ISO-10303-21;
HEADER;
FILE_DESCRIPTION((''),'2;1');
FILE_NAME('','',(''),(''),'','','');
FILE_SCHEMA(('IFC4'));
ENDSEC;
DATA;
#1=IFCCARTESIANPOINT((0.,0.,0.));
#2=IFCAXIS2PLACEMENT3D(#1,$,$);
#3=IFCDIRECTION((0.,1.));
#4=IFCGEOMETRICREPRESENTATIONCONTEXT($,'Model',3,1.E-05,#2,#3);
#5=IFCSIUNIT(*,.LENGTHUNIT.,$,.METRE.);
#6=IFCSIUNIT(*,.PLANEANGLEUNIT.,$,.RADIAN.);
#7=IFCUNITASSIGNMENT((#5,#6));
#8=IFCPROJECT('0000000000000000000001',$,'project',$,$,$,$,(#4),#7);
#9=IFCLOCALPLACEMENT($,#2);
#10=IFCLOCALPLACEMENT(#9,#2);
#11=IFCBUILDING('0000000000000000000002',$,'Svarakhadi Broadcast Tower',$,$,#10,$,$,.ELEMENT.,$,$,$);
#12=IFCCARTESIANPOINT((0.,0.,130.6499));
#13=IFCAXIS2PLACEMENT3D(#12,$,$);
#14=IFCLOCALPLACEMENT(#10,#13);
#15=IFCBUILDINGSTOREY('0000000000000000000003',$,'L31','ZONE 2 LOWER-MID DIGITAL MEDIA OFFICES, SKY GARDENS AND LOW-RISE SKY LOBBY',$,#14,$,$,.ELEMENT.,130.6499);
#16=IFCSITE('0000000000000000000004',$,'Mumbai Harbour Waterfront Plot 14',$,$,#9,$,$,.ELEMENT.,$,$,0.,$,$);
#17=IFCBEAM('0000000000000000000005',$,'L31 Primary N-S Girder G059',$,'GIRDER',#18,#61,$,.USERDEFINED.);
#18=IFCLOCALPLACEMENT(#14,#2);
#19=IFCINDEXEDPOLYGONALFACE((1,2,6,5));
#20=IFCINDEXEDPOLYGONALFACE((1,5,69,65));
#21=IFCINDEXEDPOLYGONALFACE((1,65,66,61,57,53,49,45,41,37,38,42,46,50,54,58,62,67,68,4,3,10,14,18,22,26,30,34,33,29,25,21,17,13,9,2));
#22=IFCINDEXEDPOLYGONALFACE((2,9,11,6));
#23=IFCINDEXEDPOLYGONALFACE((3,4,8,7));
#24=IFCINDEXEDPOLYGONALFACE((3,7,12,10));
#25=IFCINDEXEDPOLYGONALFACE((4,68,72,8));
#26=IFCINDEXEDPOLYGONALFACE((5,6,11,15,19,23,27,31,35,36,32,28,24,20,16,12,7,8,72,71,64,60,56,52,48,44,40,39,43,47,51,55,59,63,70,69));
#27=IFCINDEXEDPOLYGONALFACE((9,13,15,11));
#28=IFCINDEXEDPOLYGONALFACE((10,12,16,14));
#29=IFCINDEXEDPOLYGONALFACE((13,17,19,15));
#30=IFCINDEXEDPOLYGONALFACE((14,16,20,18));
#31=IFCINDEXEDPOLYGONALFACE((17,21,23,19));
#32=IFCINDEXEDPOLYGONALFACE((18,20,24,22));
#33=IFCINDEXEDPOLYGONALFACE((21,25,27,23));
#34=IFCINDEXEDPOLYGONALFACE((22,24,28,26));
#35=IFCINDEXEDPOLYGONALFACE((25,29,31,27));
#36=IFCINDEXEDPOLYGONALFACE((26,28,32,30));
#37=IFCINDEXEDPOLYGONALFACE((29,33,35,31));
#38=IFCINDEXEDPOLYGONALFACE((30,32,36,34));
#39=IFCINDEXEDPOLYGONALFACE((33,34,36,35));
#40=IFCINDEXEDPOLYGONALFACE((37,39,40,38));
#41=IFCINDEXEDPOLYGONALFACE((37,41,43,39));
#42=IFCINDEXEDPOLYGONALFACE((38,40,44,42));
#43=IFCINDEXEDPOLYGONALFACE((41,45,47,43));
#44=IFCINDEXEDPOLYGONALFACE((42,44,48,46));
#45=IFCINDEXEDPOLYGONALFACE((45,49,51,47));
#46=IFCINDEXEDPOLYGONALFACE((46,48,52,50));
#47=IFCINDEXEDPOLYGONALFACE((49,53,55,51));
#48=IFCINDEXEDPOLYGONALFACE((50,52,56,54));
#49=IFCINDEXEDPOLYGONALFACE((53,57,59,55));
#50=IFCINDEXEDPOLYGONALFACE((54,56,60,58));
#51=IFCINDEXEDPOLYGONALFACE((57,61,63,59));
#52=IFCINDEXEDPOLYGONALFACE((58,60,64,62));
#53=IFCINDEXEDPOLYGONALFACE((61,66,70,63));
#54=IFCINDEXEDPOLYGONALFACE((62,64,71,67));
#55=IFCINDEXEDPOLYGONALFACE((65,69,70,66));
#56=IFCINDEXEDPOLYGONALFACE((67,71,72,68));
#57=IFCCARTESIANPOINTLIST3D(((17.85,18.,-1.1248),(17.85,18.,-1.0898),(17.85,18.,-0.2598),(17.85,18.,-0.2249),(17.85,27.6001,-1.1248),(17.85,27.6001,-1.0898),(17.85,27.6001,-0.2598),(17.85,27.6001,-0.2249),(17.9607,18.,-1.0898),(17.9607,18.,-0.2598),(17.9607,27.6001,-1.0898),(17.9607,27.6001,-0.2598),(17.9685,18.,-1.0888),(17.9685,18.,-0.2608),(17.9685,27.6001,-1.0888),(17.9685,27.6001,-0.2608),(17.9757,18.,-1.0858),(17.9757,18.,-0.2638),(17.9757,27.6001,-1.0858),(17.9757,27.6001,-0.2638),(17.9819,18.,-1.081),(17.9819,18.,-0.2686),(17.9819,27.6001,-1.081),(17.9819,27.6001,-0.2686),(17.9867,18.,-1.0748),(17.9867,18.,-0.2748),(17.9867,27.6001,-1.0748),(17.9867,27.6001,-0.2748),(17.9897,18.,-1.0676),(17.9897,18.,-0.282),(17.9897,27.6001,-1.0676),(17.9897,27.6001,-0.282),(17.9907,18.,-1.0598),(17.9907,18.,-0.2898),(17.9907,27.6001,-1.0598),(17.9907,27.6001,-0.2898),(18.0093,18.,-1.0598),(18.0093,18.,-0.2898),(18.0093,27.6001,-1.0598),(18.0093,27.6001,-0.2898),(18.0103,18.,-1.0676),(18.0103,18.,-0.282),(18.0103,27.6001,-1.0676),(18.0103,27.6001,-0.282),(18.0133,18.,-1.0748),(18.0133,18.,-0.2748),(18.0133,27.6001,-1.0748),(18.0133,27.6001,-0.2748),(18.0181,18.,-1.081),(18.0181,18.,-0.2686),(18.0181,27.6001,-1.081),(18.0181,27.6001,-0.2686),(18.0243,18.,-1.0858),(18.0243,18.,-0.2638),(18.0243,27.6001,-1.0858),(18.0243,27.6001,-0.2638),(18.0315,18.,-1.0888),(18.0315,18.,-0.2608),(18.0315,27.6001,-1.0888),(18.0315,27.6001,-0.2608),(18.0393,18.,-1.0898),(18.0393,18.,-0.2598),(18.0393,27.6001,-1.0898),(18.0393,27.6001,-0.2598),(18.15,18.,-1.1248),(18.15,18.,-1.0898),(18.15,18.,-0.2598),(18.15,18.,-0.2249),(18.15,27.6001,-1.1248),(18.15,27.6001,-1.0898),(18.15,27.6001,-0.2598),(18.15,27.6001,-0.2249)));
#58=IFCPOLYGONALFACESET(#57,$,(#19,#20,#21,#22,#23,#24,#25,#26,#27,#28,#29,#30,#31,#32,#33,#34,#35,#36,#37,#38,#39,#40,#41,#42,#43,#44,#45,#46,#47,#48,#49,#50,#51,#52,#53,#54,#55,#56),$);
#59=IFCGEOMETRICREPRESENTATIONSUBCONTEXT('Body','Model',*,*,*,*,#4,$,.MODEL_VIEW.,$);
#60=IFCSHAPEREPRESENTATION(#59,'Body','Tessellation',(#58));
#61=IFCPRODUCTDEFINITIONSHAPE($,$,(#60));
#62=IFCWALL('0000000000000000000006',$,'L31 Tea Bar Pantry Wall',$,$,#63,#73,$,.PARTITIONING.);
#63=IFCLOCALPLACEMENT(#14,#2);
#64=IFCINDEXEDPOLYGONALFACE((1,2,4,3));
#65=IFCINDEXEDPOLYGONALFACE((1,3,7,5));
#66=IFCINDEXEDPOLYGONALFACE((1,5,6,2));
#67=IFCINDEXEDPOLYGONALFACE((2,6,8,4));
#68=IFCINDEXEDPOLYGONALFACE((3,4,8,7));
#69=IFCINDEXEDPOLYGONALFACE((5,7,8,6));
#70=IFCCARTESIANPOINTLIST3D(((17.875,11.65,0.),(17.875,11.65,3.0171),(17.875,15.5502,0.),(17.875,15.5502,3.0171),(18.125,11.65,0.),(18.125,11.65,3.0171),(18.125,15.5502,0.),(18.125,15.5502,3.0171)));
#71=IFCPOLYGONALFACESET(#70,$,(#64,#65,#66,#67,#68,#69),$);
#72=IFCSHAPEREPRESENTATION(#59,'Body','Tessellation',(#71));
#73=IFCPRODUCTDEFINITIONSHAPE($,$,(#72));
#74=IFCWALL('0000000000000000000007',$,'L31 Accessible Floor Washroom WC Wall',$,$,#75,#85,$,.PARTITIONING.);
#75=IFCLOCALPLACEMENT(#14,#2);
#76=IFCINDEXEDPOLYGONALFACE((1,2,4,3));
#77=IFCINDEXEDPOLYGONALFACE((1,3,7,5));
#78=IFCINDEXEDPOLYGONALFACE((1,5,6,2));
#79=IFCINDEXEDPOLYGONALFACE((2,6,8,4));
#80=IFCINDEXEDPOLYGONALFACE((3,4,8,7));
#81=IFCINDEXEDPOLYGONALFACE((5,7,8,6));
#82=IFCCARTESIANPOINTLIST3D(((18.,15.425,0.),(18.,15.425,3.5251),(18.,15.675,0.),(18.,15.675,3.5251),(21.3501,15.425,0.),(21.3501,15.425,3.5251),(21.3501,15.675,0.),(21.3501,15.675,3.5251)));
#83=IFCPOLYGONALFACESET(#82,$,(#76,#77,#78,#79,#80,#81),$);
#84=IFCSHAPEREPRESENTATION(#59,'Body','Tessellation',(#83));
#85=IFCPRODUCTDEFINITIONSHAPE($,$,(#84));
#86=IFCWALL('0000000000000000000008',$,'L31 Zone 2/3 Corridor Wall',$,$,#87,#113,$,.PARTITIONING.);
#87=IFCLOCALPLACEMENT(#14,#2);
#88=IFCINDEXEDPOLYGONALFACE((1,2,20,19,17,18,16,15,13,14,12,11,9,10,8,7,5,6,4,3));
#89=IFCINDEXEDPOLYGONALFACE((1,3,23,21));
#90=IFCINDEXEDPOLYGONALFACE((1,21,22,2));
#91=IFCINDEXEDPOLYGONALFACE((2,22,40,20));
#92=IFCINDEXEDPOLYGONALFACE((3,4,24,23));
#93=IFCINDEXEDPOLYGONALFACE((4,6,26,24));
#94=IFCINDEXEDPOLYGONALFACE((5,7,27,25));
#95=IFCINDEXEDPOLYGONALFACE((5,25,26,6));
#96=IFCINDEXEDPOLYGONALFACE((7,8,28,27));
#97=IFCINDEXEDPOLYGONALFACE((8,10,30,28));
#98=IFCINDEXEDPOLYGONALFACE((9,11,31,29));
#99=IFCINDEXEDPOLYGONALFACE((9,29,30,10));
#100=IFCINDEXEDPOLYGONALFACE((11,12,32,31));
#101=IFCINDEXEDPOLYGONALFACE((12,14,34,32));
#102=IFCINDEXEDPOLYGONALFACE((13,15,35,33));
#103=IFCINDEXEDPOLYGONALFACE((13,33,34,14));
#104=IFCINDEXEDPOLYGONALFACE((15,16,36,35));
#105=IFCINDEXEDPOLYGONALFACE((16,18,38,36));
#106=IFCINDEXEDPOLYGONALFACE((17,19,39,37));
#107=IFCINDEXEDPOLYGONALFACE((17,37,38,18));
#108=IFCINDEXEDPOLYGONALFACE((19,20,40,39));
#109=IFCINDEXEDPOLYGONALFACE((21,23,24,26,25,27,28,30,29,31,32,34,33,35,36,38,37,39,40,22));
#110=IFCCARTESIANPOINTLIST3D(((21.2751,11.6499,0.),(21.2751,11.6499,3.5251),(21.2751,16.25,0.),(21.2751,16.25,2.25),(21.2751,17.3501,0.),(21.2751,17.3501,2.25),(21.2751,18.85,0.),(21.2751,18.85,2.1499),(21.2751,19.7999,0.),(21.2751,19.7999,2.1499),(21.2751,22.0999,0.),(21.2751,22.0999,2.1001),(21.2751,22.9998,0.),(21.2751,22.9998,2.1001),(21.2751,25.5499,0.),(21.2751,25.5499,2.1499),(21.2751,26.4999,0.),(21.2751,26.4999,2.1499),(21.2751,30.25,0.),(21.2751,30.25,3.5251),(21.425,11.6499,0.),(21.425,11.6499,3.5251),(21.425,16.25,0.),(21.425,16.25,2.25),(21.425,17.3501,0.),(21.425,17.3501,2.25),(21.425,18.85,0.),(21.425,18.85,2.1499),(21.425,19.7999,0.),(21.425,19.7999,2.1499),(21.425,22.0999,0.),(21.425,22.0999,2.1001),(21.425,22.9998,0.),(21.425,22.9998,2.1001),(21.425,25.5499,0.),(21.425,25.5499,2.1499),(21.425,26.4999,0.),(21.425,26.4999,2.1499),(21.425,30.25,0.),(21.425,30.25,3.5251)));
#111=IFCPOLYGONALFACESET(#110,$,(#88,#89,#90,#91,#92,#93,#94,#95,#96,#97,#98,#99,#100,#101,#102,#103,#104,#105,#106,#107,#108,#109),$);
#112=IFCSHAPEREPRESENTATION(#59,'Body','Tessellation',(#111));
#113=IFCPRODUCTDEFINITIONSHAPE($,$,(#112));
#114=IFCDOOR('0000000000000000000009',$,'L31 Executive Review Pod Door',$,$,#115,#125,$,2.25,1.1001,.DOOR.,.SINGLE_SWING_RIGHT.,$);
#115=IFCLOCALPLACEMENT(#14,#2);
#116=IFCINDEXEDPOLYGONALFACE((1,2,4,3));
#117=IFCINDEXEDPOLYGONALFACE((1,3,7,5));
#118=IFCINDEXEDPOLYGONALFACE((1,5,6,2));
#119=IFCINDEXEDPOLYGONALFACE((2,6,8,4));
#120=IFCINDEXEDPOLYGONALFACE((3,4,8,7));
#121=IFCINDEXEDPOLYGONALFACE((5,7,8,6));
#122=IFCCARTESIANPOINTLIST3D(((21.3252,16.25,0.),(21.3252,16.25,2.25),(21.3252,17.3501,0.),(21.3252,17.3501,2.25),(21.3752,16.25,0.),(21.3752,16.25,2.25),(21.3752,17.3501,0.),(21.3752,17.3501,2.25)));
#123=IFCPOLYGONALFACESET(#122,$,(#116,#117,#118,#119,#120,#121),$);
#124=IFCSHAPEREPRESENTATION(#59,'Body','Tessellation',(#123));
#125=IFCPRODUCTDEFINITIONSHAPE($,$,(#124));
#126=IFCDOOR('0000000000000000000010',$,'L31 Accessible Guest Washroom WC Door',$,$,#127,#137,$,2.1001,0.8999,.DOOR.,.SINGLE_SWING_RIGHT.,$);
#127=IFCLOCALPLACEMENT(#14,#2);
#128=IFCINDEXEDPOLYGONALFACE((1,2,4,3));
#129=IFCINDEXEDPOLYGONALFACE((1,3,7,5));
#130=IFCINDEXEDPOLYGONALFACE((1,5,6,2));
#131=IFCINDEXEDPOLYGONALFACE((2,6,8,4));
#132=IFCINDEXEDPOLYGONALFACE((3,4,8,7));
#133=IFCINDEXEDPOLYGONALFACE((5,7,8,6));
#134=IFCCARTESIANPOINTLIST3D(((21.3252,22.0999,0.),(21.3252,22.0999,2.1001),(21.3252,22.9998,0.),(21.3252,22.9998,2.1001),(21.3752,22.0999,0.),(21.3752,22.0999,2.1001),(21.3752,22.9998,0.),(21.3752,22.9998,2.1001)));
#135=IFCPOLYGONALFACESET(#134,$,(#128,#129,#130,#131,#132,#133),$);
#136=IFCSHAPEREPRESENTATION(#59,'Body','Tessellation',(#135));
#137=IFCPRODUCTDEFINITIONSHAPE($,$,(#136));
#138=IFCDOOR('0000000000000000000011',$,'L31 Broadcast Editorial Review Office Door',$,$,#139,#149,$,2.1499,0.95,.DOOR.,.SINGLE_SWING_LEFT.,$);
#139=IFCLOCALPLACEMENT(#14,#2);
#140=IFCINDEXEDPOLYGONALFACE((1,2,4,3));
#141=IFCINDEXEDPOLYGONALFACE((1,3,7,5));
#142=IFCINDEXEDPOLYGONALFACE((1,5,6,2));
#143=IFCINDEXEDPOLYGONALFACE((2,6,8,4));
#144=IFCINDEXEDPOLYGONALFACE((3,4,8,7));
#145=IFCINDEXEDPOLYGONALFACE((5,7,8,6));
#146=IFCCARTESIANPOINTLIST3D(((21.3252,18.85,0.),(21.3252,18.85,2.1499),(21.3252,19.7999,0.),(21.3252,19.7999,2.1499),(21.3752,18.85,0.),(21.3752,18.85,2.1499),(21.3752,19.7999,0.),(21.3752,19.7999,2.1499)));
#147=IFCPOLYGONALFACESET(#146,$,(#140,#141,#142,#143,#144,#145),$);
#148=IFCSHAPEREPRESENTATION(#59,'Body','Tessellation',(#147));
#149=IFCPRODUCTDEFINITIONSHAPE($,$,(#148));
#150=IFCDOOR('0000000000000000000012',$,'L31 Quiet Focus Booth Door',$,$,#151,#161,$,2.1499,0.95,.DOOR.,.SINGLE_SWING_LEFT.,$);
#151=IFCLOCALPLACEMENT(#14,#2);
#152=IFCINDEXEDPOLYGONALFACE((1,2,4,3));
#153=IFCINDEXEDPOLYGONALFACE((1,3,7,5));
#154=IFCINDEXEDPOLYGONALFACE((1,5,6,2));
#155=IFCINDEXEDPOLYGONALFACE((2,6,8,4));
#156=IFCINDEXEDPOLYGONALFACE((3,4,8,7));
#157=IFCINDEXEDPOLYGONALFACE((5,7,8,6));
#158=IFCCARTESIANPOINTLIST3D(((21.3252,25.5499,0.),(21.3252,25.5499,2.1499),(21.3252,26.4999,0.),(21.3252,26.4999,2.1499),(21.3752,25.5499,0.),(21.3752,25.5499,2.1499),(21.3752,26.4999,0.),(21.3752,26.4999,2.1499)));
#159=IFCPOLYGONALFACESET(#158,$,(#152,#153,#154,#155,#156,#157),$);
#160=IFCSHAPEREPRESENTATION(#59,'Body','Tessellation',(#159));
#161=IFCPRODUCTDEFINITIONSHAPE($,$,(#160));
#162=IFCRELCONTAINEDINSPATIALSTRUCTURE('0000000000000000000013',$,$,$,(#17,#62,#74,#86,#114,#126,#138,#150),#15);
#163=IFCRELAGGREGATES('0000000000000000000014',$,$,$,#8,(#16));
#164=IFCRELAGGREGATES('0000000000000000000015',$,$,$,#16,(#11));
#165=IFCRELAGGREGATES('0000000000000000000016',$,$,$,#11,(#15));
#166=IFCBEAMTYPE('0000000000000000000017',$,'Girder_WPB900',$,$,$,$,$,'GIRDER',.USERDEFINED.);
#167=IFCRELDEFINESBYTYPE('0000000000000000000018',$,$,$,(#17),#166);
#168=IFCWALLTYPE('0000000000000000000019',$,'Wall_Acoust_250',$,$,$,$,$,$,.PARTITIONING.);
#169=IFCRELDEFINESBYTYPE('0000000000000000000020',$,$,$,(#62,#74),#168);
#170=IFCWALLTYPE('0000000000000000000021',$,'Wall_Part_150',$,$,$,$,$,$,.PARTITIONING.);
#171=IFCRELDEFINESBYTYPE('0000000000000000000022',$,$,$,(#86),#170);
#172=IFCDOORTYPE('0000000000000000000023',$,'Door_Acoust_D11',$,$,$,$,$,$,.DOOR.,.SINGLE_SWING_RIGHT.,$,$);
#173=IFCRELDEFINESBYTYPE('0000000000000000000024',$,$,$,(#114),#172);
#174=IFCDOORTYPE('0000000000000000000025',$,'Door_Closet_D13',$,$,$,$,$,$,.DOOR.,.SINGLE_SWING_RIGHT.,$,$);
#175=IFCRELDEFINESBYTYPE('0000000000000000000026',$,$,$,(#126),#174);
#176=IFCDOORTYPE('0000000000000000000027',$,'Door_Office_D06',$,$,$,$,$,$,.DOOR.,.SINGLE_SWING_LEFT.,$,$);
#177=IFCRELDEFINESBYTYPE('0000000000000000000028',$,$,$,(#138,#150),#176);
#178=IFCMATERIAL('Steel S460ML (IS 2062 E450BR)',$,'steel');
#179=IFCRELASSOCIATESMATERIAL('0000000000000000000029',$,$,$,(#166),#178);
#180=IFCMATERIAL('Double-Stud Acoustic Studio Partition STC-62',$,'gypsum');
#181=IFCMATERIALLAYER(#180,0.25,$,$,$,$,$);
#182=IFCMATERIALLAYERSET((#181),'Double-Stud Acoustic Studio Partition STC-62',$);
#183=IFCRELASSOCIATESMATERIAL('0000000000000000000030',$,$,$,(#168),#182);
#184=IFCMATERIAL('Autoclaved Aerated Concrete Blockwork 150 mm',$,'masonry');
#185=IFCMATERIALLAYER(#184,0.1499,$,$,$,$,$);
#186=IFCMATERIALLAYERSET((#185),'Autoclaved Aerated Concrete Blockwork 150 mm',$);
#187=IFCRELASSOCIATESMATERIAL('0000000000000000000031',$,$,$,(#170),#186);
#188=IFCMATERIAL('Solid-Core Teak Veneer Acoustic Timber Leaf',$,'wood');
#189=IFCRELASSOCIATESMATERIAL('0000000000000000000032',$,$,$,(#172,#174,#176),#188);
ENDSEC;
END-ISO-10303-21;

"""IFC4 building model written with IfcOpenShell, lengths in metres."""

from ifc_helpers import new_model, si_unit, direction, frame, frame_2d, origin, origin_2d, place, context, subcontext, project, spatial, rectangle, i_section, extrude, material, layer, layer_set, material_profile, profile_set, type_object, element, fill, save


model = new_model("IFC4")

# Units and contexts
model_context = context("Model", 3, precision=1e-05, world=origin(), true_north=direction((0.0, 1.0)))
body_context = subcontext(model_context, "Body", "Model", "MODEL_VIEW")
ifc_project = project(units=[si_unit("LENGTHUNIT", "METRE"), si_unit("PLANEANGLEUNIT", "RADIAN")], contexts=[model_context])

# Site, building, storey
site_placement = place(None, origin())
site = spatial("IfcSite", under=ifc_project, at=site_placement, Name="Mumbai Harbour Waterfront Plot 14", CompositionType="ELEMENT", RefElevation=0.0)
building_placement = place(site_placement, origin())
building = spatial("IfcBuilding", under=site, at=building_placement, Name="Svarakhadi Broadcast Tower", CompositionType="ELEMENT")
storey_placement = place(building_placement, frame((0.0, 0.0, 130.6499)))
storey = spatial("IfcBuildingStorey", under=building, at=storey_placement, Name="L31", Description="ZONE 2 LOWER-MID DIGITAL MEDIA OFFICES, SKY GARDENS AND LOW-RISE SKY LOBBY", CompositionType="ELEMENT", Elevation=130.6499)

# Beam
ifc_material_1 = material(Name="Steel S460ML (IS 2062 E450BR)", Category="steel")
ifc_material_profile_1 = material_profile(ifc_material_1, i_section(OverallWidth=0.3, OverallDepth=0.8999, WebThickness=0.0186, FlangeThickness=0.0349, FilletRadius=0.03, at=origin_2d()), Name="WPB 900x300x291")
ifc_profile_set_1 = profile_set([ifc_material_profile_1], Name="Steel S460ML (IS 2062 E450BR)")
beam_type_1 = type_object("IfcBeamType", Name="Girder_WPB900", ElementType="GIRDER", PredefinedType="USERDEFINED", material=ifc_profile_set_1)
beam_1_placement = place(storey_placement, frame((18.0, 18.0, -0.6748), z_axis=(0.0, 1.0, 0.0), x_axis=(-1.0, 0.0, 0.0)))
element("IfcBeam", 1, at=beam_1_placement, inside=storey, type_object=beam_type_1, Name="L31 Primary N-S Girder G059", ObjectType="GIRDER", PredefinedType="USERDEFINED", context=body_context, shape_type="SweptSolid", body=[
    extrude(i_section(OverallWidth=0.3, OverallDepth=0.8999, WebThickness=0.0186, FlangeThickness=0.0349, FilletRadius=0.03, at=origin_2d()), origin(), (0.0, 0.0, 1.0), 9.6001),
])

# Walls
ifc_material_2 = material(Name="Double-Stud Acoustic Studio Partition STC-62", Category="gypsum")
ifc_layer_1 = layer(ifc_material_2, 0.25)
ifc_layer_set_1 = layer_set([ifc_layer_1], Name="Double-Stud Acoustic Studio Partition STC-62")
wall_type_1 = type_object("IfcWallType", Name="Wall_Acoust_250", PredefinedType="PARTITIONING", material=ifc_layer_set_1)
wall_1_placement = place(storey_placement, frame((18.0, 11.6499, 0.0), z_axis=(0.0, 0.0, 1.0), x_axis=(0.0, 1.0, 0.0)))
element("IfcWall", 2, at=wall_1_placement, inside=storey, type_object=wall_type_1, Name="L31 Tea Bar Pantry Wall", PredefinedType="PARTITIONING", context=body_context, shape_type="SweptSolid", body=[
    extrude(rectangle(XDim=3.9001, YDim=0.25, at=frame_2d((1.9502, 0.0))), origin(), (0.0, 0.0, 1.0), 3.0171),
])
wall_2_placement = place(storey_placement, frame((18.0, 15.55, 0.0), z_axis=(0.0, 0.0, 1.0), x_axis=(1.0, 0.0, 0.0)))
element("IfcWall", 3, at=wall_2_placement, inside=storey, type_object=wall_type_1, Name="L31 Accessible Floor Washroom WC Wall", PredefinedType="PARTITIONING", context=body_context, shape_type="SweptSolid", body=[
    extrude(rectangle(XDim=3.3501, YDim=0.25, at=frame_2d((1.675, 0.0))), origin(), (0.0, 0.0, 1.0), 3.5251),
])

# Wall, openings, doors
ifc_material_3 = material(Name="Autoclaved Aerated Concrete Blockwork 150 mm", Category="masonry")
ifc_layer_2 = layer(ifc_material_3, 0.1499)
ifc_layer_set_2 = layer_set([ifc_layer_2], Name="Autoclaved Aerated Concrete Blockwork 150 mm")
wall_type_2 = type_object("IfcWallType", Name="Wall_Part_150", PredefinedType="PARTITIONING", material=ifc_layer_set_2)
wall_3_placement = place(storey_placement, frame((21.3501, 11.6499, 0.0), z_axis=(0.0, 0.0, 1.0), x_axis=(0.0, 1.0, 0.0)))
wall_3 = element("IfcWall", 4, at=wall_3_placement, inside=storey, type_object=wall_type_2, Name="L31 Zone 2/3 Corridor Wall", PredefinedType="PARTITIONING", context=body_context, shape_type="SweptSolid", body=[
    extrude(rectangle(XDim=18.6001, YDim=0.1499, at=frame_2d((9.3, 0.0))), origin(), (0.0, 0.0, 1.0), 3.5251),
])
opening_1_placement = place(wall_3_placement, frame((7.2, 0.0, 0.0)))
opening_1 = element("IfcOpeningElement", 5, at=opening_1_placement, cuts=wall_3, PredefinedType="OPENING", context=body_context, shape_type="SweptSolid", body=[
    extrude(rectangle(XDim=0.95, YDim=2.1499, at=frame_2d((0.4751, 1.075))), frame((0.0, 0.085, 0.0), z_axis=(0.0, -1.0, 0.0), x_axis=(1.0, 0.0, 0.0)), (0.0, 0.0, 1.0), 0.1699),
])
opening_2_placement = place(wall_3_placement, frame((10.45, 0.0, 0.0)))
opening_2 = element("IfcOpeningElement", 6, at=opening_2_placement, cuts=wall_3, PredefinedType="OPENING", context=body_context, shape_type="SweptSolid", body=[
    extrude(rectangle(XDim=0.8999, YDim=2.1001, at=frame_2d((0.45, 1.05))), frame((0.0, 0.085, 0.0), z_axis=(0.0, -1.0, 0.0), x_axis=(1.0, 0.0, 0.0)), (0.0, 0.0, 1.0), 0.1699),
])
opening_3_placement = place(wall_3_placement, frame((13.8999, 0.0, 0.0)))
opening_3 = element("IfcOpeningElement", 7, at=opening_3_placement, cuts=wall_3, PredefinedType="OPENING", context=body_context, shape_type="SweptSolid", body=[
    extrude(rectangle(XDim=0.95, YDim=2.1499, at=frame_2d((0.4751, 1.075))), frame((0.0, 0.085, 0.0), z_axis=(0.0, -1.0, 0.0), x_axis=(1.0, 0.0, 0.0)), (0.0, 0.0, 1.0), 0.1699),
])
opening_4_placement = place(wall_3_placement, frame((4.6001, 0.0, 0.0)))
opening_4 = element("IfcOpeningElement", 8, at=opening_4_placement, cuts=wall_3, PredefinedType="OPENING", context=body_context, shape_type="SweptSolid", body=[
    extrude(rectangle(XDim=1.1001, YDim=2.25, at=frame_2d((0.55, 1.125))), frame((0.0, 0.085, 0.0), z_axis=(0.0, -1.0, 0.0), x_axis=(1.0, 0.0, 0.0)), (0.0, 0.0, 1.0), 0.1699),
])
ifc_material_4 = material(Name="Solid-Core Teak Veneer Acoustic Timber Leaf", Category="wood")
door_type_1 = type_object("IfcDoorType", Name="Door_Acoust_D11", OperationType="SINGLE_SWING_RIGHT", PredefinedType="DOOR", material=ifc_material_4)
door_1_placement = place(opening_4_placement, origin())
door_1 = element("IfcDoor", 9, at=door_1_placement, inside=storey, type_object=door_type_1, Name="L31 Executive Review Pod Door", OperationType="SINGLE_SWING_RIGHT", OverallHeight=2.25, OverallWidth=1.1001, PredefinedType="DOOR", context=body_context, shape_type="SweptSolid", body=[
    extrude(rectangle(XDim=1.1001, YDim=2.25, at=frame_2d((0.55, 1.125))), frame((0.0, 0.0249, 0.0), z_axis=(0.0, -1.0, 0.0), x_axis=(1.0, 0.0, 0.0)), (0.0, 0.0, 1.0), 0.05),
])
fill(opening_4, door_1)
door_type_2 = type_object("IfcDoorType", Name="Door_Closet_D13", OperationType="SINGLE_SWING_RIGHT", PredefinedType="DOOR", material=ifc_material_4)
door_2_placement = place(opening_2_placement, origin())
door_2 = element("IfcDoor", 10, at=door_2_placement, inside=storey, type_object=door_type_2, Name="L31 Accessible Guest Washroom WC Door", OperationType="SINGLE_SWING_RIGHT", OverallHeight=2.1001, OverallWidth=0.8999, PredefinedType="DOOR", context=body_context, shape_type="SweptSolid", body=[
    extrude(rectangle(XDim=0.8999, YDim=2.1001, at=frame_2d((0.45, 1.05))), frame((0.0, 0.0249, 0.0), z_axis=(0.0, -1.0, 0.0), x_axis=(1.0, 0.0, 0.0)), (0.0, 0.0, 1.0), 0.05),
])
fill(opening_2, door_2)
door_type_3 = type_object("IfcDoorType", Name="Door_Office_D06", OperationType="SINGLE_SWING_LEFT", PredefinedType="DOOR", material=ifc_material_4)
door_3_placement = place(opening_1_placement, origin())
door_3 = element("IfcDoor", 11, at=door_3_placement, inside=storey, type_object=door_type_3, Name="L31 Broadcast Editorial Review Office Door", OperationType="SINGLE_SWING_LEFT", OverallHeight=2.1499, OverallWidth=0.95, PredefinedType="DOOR", context=body_context, shape_type="SweptSolid", body=[
    extrude(rectangle(XDim=0.95, YDim=2.1499, at=frame_2d((0.4751, 1.075))), frame((0.0, 0.0249, 0.0), z_axis=(0.0, -1.0, 0.0), x_axis=(1.0, 0.0, 0.0)), (0.0, 0.0, 1.0), 0.05),
])
fill(opening_1, door_3)
door_4_placement = place(opening_3_placement, origin())
door_4 = element("IfcDoor", 12, at=door_4_placement, inside=storey, type_object=door_type_3, Name="L31 Quiet Focus Booth Door", OperationType="SINGLE_SWING_LEFT", OverallHeight=2.1499, OverallWidth=0.95, PredefinedType="DOOR", context=body_context, shape_type="SweptSolid", body=[
    extrude(rectangle(XDim=0.95, YDim=2.1499, at=frame_2d((0.4751, 1.075))), frame((0.0, 0.0249, 0.0), z_axis=(0.0, -1.0, 0.0), x_axis=(1.0, 0.0, 0.0)), (0.0, 0.0, 1.0), 0.05),
])
fill(opening_3, door_4)

save(model, "model.ifc")
